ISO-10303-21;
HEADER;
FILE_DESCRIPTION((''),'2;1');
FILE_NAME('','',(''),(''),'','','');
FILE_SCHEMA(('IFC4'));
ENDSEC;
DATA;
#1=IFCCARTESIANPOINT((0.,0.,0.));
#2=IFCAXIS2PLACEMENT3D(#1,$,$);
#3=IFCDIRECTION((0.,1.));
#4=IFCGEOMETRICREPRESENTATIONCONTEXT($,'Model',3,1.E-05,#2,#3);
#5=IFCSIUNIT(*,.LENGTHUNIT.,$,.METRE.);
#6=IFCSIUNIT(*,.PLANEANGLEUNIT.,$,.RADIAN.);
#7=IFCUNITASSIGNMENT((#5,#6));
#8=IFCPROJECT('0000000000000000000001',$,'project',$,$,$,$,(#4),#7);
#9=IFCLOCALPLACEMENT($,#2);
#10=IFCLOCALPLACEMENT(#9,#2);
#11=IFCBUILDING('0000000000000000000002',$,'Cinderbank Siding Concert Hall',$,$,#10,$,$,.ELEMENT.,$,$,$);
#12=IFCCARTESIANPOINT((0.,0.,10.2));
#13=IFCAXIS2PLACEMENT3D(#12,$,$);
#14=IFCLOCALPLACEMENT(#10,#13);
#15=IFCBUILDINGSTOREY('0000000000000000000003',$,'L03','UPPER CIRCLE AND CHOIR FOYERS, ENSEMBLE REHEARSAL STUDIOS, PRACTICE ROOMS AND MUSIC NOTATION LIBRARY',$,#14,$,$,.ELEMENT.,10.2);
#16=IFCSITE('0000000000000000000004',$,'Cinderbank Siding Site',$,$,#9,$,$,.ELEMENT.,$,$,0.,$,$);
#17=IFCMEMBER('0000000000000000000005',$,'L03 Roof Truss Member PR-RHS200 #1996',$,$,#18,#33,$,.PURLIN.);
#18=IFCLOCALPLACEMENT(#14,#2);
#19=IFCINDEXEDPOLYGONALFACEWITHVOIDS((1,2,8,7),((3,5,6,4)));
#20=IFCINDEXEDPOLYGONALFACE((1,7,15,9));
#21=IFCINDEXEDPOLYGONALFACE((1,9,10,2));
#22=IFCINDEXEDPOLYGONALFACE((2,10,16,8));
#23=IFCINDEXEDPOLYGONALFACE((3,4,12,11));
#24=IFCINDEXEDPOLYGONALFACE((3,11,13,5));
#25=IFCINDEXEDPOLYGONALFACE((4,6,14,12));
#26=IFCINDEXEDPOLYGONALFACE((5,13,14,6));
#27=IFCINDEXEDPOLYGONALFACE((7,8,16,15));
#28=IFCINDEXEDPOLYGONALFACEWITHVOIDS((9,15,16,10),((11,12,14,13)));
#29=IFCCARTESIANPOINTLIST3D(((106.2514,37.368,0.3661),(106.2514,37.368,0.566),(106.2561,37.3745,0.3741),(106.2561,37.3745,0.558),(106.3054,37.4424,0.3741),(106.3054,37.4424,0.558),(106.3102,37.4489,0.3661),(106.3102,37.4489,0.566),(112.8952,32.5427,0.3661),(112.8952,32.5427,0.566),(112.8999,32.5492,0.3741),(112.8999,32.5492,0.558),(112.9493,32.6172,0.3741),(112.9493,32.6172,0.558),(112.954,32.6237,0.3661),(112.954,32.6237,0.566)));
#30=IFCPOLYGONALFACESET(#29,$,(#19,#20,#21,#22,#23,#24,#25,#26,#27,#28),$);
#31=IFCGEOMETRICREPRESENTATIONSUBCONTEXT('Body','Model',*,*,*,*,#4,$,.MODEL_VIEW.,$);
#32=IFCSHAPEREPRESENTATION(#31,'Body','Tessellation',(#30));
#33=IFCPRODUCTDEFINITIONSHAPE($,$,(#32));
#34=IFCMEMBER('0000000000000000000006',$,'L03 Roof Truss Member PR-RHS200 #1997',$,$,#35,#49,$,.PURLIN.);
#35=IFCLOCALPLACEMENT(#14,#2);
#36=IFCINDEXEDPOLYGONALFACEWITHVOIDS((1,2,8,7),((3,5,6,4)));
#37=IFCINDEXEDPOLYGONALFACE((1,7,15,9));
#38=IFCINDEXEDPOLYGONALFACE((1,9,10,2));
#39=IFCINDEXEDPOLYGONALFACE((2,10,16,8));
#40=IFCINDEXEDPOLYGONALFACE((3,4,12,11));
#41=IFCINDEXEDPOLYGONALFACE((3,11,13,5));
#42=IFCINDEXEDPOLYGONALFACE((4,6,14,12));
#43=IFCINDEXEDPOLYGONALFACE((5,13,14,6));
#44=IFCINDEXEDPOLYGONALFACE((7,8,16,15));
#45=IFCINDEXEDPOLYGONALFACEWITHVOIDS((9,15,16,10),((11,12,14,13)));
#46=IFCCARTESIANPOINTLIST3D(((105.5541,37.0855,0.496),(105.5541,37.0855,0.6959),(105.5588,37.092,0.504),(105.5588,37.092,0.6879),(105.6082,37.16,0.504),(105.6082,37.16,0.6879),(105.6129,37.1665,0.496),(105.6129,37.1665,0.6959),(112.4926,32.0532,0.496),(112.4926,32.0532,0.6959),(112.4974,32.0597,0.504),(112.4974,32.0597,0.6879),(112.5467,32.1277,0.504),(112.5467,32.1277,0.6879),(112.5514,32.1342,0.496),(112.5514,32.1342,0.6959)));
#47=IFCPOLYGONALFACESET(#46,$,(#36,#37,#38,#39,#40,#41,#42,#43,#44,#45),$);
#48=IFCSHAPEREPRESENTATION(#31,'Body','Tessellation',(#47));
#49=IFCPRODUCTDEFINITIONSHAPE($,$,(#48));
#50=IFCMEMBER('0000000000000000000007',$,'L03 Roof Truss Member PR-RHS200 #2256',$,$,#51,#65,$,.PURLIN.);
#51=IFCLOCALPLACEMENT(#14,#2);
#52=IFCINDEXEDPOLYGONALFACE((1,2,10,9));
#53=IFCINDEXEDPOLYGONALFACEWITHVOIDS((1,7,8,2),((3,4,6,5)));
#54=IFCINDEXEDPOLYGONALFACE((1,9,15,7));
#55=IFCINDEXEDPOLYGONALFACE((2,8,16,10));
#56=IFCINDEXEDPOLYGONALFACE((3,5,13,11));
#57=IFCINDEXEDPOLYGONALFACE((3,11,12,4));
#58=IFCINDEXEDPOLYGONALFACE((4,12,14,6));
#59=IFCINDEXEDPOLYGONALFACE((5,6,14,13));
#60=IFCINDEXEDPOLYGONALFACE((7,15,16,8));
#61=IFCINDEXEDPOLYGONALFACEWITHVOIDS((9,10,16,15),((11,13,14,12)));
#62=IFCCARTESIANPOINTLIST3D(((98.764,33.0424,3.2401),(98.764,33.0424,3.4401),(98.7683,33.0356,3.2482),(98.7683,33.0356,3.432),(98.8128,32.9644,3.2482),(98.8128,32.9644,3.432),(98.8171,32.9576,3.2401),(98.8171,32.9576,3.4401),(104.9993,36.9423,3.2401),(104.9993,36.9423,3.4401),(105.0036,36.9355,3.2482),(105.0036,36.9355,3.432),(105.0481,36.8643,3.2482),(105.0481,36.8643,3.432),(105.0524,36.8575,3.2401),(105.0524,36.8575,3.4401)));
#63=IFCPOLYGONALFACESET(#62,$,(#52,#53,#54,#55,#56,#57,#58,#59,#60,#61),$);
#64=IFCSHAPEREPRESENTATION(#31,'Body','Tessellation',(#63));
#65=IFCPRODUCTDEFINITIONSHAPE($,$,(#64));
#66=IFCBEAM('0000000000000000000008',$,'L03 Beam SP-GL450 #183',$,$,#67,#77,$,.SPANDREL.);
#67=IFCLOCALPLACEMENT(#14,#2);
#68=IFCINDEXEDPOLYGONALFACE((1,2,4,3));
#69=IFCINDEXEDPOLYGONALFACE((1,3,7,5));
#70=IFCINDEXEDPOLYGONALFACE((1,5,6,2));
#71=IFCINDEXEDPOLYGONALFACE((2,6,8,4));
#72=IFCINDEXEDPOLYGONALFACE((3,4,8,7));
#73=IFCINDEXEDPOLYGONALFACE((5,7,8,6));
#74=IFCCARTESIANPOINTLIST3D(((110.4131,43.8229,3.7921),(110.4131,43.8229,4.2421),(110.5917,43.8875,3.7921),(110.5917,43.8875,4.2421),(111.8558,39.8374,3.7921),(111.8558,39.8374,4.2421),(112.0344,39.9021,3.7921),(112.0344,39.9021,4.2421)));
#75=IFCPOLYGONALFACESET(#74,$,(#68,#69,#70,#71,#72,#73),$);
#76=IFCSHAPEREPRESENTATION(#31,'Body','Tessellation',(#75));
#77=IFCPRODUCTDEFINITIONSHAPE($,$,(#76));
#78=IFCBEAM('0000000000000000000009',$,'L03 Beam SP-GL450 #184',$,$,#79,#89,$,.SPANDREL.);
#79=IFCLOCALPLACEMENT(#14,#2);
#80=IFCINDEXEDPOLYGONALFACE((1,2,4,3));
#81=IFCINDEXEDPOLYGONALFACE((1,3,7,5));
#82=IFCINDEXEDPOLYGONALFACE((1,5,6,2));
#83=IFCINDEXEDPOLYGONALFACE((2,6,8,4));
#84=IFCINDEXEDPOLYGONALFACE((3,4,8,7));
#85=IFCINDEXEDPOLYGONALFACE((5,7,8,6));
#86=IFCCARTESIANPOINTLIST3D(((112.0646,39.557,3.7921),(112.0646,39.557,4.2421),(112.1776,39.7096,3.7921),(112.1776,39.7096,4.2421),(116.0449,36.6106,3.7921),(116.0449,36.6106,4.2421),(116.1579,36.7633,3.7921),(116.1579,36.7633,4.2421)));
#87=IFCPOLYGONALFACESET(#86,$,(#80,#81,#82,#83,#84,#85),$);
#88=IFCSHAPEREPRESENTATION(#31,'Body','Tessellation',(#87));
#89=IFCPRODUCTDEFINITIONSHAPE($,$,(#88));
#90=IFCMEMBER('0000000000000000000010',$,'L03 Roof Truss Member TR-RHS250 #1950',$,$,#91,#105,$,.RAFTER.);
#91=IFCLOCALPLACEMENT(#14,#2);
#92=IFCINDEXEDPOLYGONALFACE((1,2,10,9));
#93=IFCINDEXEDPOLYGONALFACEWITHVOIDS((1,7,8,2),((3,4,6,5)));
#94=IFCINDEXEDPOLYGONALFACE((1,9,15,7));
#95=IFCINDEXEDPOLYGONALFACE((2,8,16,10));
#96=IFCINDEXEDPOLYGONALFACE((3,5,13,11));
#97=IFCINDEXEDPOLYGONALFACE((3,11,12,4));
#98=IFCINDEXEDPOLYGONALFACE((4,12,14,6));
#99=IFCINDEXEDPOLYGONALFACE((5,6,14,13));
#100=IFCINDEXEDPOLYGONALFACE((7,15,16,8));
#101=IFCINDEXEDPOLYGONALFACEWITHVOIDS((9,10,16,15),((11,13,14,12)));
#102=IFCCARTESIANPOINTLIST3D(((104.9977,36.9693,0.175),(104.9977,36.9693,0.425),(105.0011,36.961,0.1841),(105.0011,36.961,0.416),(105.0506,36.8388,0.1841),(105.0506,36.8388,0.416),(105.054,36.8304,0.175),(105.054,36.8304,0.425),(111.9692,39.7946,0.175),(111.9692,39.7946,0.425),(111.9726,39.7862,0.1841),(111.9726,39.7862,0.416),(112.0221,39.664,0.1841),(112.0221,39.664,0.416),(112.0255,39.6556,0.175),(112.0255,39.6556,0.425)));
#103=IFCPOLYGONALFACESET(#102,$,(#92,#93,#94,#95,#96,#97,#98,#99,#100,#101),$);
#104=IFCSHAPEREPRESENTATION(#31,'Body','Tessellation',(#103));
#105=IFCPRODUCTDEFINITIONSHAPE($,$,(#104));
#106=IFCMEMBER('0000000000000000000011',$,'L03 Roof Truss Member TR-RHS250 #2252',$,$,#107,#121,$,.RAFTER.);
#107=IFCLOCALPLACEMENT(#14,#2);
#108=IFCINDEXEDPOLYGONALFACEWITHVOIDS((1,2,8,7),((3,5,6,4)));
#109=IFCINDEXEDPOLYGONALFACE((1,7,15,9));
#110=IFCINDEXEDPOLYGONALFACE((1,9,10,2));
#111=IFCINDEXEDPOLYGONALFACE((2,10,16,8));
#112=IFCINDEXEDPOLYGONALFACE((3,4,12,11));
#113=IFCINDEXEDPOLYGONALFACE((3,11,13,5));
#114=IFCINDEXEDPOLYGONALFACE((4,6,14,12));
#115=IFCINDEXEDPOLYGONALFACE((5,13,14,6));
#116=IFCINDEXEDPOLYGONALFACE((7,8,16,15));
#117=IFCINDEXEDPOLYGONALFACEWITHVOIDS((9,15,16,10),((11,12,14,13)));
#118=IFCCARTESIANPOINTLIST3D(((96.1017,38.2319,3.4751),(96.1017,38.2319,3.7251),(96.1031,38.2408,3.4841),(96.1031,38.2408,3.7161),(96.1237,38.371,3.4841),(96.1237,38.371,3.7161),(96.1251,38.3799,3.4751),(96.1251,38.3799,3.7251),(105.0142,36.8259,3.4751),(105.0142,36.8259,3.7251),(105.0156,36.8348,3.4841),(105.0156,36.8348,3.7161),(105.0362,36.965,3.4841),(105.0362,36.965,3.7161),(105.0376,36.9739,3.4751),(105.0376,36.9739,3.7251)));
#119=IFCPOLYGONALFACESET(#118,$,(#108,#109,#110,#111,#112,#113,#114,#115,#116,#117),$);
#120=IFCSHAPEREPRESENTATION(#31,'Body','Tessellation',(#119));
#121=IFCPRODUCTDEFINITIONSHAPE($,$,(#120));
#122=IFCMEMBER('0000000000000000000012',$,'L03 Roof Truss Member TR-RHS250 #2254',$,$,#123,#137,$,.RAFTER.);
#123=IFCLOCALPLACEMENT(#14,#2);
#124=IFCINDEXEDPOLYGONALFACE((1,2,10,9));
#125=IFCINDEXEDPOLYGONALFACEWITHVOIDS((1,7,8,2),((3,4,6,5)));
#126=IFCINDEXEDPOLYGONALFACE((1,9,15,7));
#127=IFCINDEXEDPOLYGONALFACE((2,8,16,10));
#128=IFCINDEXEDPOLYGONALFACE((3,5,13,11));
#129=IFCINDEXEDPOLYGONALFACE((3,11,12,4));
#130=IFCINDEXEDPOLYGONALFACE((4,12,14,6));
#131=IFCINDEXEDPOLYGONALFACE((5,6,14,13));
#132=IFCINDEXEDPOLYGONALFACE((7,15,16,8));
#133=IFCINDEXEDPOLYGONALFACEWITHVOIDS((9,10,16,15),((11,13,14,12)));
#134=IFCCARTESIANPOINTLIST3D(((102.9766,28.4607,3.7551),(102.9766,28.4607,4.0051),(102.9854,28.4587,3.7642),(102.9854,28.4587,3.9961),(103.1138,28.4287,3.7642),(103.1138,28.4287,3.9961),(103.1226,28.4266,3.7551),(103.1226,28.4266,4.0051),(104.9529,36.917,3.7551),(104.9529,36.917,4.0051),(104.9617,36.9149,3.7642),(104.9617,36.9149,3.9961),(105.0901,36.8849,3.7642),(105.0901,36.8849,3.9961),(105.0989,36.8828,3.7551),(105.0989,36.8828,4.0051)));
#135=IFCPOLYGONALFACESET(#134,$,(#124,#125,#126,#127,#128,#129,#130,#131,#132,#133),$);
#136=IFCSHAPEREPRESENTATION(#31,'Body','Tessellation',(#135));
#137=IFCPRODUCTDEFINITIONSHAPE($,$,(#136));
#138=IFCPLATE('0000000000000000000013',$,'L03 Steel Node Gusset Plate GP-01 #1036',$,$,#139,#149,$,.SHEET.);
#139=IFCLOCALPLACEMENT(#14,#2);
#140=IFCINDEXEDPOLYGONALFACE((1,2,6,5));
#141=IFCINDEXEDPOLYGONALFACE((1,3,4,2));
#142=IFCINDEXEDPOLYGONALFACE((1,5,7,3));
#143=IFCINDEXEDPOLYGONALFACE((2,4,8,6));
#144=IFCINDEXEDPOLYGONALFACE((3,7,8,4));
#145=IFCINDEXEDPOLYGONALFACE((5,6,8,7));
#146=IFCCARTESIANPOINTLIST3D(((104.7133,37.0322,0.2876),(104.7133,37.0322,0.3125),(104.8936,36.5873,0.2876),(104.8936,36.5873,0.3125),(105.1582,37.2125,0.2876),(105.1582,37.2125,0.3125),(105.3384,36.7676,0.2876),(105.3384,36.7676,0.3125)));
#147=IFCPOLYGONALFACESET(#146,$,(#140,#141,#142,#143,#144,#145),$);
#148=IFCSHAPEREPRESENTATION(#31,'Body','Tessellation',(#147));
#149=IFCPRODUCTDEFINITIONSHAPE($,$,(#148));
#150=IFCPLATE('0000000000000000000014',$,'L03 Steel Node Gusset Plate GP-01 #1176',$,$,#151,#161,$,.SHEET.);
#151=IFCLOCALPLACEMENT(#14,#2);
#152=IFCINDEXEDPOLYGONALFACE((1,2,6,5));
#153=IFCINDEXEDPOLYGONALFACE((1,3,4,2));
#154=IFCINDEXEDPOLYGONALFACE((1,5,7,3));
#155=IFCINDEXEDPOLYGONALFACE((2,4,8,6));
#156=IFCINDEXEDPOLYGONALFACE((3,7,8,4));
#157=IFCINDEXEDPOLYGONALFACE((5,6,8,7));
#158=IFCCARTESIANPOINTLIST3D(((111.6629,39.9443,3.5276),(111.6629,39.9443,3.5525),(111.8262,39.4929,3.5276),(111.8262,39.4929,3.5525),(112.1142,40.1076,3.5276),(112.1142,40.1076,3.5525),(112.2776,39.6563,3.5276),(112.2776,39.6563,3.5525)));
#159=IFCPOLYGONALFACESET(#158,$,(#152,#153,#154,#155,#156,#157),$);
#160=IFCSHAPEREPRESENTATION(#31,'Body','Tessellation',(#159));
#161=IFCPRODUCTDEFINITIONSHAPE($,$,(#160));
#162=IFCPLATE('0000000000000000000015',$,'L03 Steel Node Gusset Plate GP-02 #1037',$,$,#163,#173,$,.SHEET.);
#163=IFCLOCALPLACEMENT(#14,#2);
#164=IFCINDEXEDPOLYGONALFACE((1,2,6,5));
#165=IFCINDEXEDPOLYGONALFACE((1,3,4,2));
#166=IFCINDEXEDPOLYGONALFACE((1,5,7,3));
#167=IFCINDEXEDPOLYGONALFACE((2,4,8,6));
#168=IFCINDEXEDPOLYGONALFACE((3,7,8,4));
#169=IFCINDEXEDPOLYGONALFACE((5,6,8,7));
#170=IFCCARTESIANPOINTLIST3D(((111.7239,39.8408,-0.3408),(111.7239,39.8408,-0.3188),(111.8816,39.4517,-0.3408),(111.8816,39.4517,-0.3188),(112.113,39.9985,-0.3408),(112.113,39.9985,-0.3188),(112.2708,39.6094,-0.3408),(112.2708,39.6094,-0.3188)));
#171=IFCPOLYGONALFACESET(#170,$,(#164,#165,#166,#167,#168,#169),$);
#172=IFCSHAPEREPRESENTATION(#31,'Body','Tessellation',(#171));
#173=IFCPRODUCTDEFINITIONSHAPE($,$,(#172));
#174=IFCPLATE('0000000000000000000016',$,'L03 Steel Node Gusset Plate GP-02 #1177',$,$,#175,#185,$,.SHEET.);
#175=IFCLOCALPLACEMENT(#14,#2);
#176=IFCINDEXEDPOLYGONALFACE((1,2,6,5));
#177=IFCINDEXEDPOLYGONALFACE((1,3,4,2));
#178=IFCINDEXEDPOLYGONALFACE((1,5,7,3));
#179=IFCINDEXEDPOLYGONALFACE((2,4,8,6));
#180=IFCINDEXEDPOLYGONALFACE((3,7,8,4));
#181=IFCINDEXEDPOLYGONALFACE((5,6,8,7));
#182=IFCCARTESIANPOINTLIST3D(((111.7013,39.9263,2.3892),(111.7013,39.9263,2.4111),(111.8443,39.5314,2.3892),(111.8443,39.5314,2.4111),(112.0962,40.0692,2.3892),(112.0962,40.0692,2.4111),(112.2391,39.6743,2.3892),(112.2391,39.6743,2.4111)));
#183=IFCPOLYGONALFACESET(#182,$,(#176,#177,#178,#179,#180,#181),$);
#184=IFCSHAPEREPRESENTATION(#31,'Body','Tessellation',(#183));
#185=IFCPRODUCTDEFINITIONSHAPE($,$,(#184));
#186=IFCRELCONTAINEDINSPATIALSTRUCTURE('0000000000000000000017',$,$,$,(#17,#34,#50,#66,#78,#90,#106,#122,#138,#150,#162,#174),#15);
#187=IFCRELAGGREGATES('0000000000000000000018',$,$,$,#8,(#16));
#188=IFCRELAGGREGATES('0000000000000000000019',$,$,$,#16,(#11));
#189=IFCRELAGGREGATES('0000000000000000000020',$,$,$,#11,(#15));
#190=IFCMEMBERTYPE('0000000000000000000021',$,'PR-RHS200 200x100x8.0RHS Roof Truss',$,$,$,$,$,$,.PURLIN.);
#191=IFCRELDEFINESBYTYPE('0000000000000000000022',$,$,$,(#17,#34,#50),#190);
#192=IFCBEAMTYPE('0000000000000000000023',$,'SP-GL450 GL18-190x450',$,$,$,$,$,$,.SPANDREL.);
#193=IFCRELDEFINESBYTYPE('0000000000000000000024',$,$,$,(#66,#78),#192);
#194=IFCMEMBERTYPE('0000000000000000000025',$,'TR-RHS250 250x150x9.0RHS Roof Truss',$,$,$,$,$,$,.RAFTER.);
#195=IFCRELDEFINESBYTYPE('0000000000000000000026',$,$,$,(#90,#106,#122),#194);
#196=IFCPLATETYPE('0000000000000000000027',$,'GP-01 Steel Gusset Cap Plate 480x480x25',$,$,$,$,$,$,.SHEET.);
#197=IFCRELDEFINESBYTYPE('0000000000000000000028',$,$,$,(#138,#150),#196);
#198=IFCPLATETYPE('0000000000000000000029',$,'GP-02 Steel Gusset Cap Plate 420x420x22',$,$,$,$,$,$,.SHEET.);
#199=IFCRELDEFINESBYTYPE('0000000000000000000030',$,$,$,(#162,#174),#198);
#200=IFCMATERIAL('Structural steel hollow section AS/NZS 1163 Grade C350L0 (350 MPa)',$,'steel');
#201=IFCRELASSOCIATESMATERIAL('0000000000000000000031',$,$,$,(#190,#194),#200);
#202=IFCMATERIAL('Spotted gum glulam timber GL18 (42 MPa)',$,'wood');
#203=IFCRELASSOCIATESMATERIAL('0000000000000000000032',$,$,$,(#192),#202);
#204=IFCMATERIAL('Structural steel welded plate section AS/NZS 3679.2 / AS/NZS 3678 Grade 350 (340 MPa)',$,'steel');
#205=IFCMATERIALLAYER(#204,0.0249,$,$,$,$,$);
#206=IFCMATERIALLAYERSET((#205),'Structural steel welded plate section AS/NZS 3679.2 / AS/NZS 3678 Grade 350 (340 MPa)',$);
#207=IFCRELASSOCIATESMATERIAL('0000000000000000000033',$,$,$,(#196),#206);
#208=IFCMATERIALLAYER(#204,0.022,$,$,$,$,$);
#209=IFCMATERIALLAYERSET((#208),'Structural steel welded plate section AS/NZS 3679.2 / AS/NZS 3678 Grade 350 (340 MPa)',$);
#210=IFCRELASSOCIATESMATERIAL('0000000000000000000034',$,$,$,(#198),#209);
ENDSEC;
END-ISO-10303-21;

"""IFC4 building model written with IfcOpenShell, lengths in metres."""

from ifc_helpers import new_model, si_unit, direction, frame, origin, origin_2d, place, context, subcontext, project, spatial, rectangle, hollow_rectangle, extrude, material, layer, layer_set, material_profile, profile_set, type_object, element, save


model = new_model("IFC4")

# Units and contexts
model_context = context("Model", 3, precision=1e-05, world=origin(), true_north=direction((0.0, 1.0)))
body_context = subcontext(model_context, "Body", "Model", "MODEL_VIEW")
ifc_project = project(units=[si_unit("LENGTHUNIT", "METRE"), si_unit("PLANEANGLEUNIT", "RADIAN")], contexts=[model_context])

# Site, building, storey
site_placement = place(None, origin())
site = spatial("IfcSite", under=ifc_project, at=site_placement, Name="Cinderbank Siding Site", CompositionType="ELEMENT", RefElevation=0.0)
building_placement = place(site_placement, origin())
building = spatial("IfcBuilding", under=site, at=building_placement, Name="Cinderbank Siding Concert Hall", CompositionType="ELEMENT")
storey_placement = place(building_placement, frame((0.0, 0.0, 10.2)))
storey = spatial("IfcBuildingStorey", under=building, at=storey_placement, Name="L03", Description="UPPER CIRCLE AND CHOIR FOYERS, ENSEMBLE REHEARSAL STUDIOS, PRACTICE ROOMS AND MUSIC NOTATION LIBRARY", CompositionType="ELEMENT", Elevation=10.2)

# Shared definitions
ifc_material_1 = material(Name="Structural steel hollow section AS/NZS 1163 Grade C350L0 (350 MPa)", Category="steel")

# Members
ifc_material_profile_1 = material_profile(ifc_material_1, hollow_rectangle(XDim=0.1001, YDim=0.2, WallThickness=0.0081, at=origin_2d()), Name="200x100x8.0RHS", Category="LoadBearing")
ifc_profile_set_1 = profile_set([ifc_material_profile_1], Name="Structural steel hollow section AS/NZS 1163 Grade C350L0 (350 MPa)")
member_type_1 = type_object("IfcMemberType", Name="PR-RHS200 200x100x8.0RHS Roof Truss", PredefinedType="PURLIN", material=ifc_profile_set_1)
member_1_placement = place(storey_placement, frame((106.2808, 37.4084, 0.4661), z_axis=(0.809122, -0.587641, 0.0), x_axis=(0.587641, 0.809122, 0.0)))
element("IfcMember", 1, at=member_1_placement, inside=storey, type_object=member_type_1, Name="L03 Roof Truss Member PR-RHS200 #1996", PredefinedType="PURLIN", context=body_context, shape_type="SweptSolid", body=[
    extrude(hollow_rectangle(XDim=0.1001, YDim=0.2, WallThickness=0.0081, at=origin_2d()), origin(), (0.0, 0.0, 1.0), 8.2112),
])
member_2_placement = place(storey_placement, frame((105.5835, 37.126, 0.5959), z_axis=(0.809509, -0.587108, 0.0), x_axis=(0.587108, 0.809509, 0.0)))
element("IfcMember", 2, at=member_2_placement, inside=storey, type_object=member_type_1, Name="L03 Roof Truss Member PR-RHS200 #1997", PredefinedType="PURLIN", context=body_context, shape_type="SweptSolid", body=[
    extrude(hollow_rectangle(XDim=0.1001, YDim=0.2, WallThickness=0.0081, at=origin_2d()), origin(), (0.0, 0.0, 1.0), 8.5713),
])
member_3_placement = place(storey_placement, frame((105.0259, 36.8999, 3.3401), z_axis=(-0.847827, -0.530273, 0.0), x_axis=(0.530273, -0.847827, 0.0)))
element("IfcMember", 3, at=member_3_placement, inside=storey, type_object=member_type_1, Name="L03 Roof Truss Member PR-RHS200 #2256", PredefinedType="PURLIN", context=body_context, shape_type="SweptSolid", body=[
    extrude(hollow_rectangle(XDim=0.1001, YDim=0.2, WallThickness=0.0081, at=origin_2d()), origin(), (0.0, 0.0, 1.0), 7.3545),
])

# Beams
ifc_material_2 = material(Name="Spotted gum glulam timber GL18 (42 MPa)", Category="wood")
ifc_material_profile_2 = material_profile(ifc_material_2, rectangle(XDim=0.1899, YDim=0.45, at=origin_2d()), Name="GL18-190x450", Category="LoadBearing")
ifc_profile_set_2 = profile_set([ifc_material_profile_2], Name="Spotted gum glulam timber GL18 (42 MPa)")
beam_type_1 = type_object("IfcBeamType", Name="SP-GL450 GL18-190x450", PredefinedType="SPANDREL", material=ifc_profile_set_2)
beam_1_placement = place(storey_placement, frame((110.5024, 43.8552, 4.0171), z_axis=(0.340369, -0.940292, 0.0), x_axis=(0.940292, 0.340369, 0.0)))
element("IfcBeam", 4, at=beam_1_placement, inside=storey, type_object=beam_type_1, Name="L03 Beam SP-GL450 #183", PredefinedType="SPANDREL", context=body_context, shape_type="SweptSolid", body=[
    extrude(rectangle(XDim=0.1899, YDim=0.45, at=origin_2d()), origin(), (0.0, 0.0, 1.0), 4.2385),
])
beam_2_placement = place(storey_placement, frame((112.1211, 39.6333, 4.0171), z_axis=(0.803753, -0.594963, 0.0), x_axis=(0.594963, 0.803753, 0.0)))
element("IfcBeam", 5, at=beam_2_placement, inside=storey, type_object=beam_type_1, Name="L03 Beam SP-GL450 #184", PredefinedType="SPANDREL", context=body_context, shape_type="SweptSolid", body=[
    extrude(rectangle(XDim=0.1899, YDim=0.45, at=origin_2d()), origin(), (0.0, 0.0, 1.0), 4.9521),
])

# Members
ifc_material_profile_3 = material_profile(ifc_material_1, hollow_rectangle(XDim=0.1499, YDim=0.25, WallThickness=0.009, at=origin_2d()), Name="250x150x9.0RHS", Category="LoadBearing")
ifc_profile_set_3 = profile_set([ifc_material_profile_3], Name="Structural steel hollow section AS/NZS 1163 Grade C350L0 (350 MPa)")
member_type_2 = type_object("IfcMemberType", Name="TR-RHS250 250x150x9.0RHS Roof Truss", PredefinedType="RAFTER", material=ifc_profile_set_3)
member_4_placement = place(storey_placement, frame((111.9973, 39.7251, 0.3), z_axis=(-0.926788, -0.375584, 0.0), x_axis=(0.375584, -0.926788, 0.0)))
element("IfcMember", 6, at=member_4_placement, inside=storey, type_object=member_type_2, Name="L03 Roof Truss Member TR-RHS250 #1950", PredefinedType="RAFTER", context=body_context, shape_type="SweptSolid", body=[
    extrude(hollow_rectangle(XDim=0.1499, YDim=0.25, WallThickness=0.009, at=origin_2d()), origin(), (0.0, 0.0, 1.0), 7.5222),
])
member_5_placement = place(storey_placement, frame((105.0259, 36.8999, 3.6001), z_axis=(-0.987784, 0.155828, 0.0), x_axis=(-0.155828, -0.987784, 0.0)))
element("IfcMember", 7, at=member_5_placement, inside=storey, type_object=member_type_2, Name="L03 Roof Truss Member TR-RHS250 #2252", PredefinedType="RAFTER", context=body_context, shape_type="SweptSolid", body=[
    extrude(hollow_rectangle(XDim=0.1499, YDim=0.25, WallThickness=0.009, at=origin_2d()), origin(), (0.0, 0.0, 1.0), 9.0227),
])
member_6_placement = place(storey_placement, frame((105.0259, 36.8999, 3.8801), z_axis=(-0.227577, -0.97376, 0.0), x_axis=(0.97376, -0.227577, 0.0)))
element("IfcMember", 8, at=member_6_placement, inside=storey, type_object=member_type_2, Name="L03 Roof Truss Member TR-RHS250 #2254", PredefinedType="RAFTER", context=body_context, shape_type="SweptSolid", body=[
    extrude(hollow_rectangle(XDim=0.1499, YDim=0.25, WallThickness=0.009, at=origin_2d()), origin(), (0.0, 0.0, 1.0), 8.6841),
])

# Plates
ifc_material_3 = material(Name="Structural steel welded plate section AS/NZS 3679.2 / AS/NZS 3678 Grade 350 (340 MPa)", Category="steel")
ifc_layer_1 = layer(ifc_material_3, 0.0249)
ifc_layer_set_1 = layer_set([ifc_layer_1], Name="Structural steel welded plate section AS/NZS 3679.2 / AS/NZS 3678 Grade 350 (340 MPa)")
plate_type_1 = type_object("IfcPlateType", Name="GP-01 Steel Gusset Cap Plate 480x480x25", PredefinedType="SHEET", material=ifc_layer_set_1)
for number, where, z_axis, x_axis, name in (
    (9, (105.0259, 36.8999, 0.2876), (0.0, 0.0, 1.0), (0.926791, 0.375577, 0.0), "L03 Steel Node Gusset Plate GP-01 #1036"),
    (10, (111.9702, 39.8003, 3.5276), (0.0, 0.0, 1.0), (0.34038, -0.940288, 0.0), "L03 Steel Node Gusset Plate GP-01 #1176"),
):
    element("IfcPlate", number, at=place(storey_placement, frame(where, z_axis=z_axis, x_axis=x_axis)), inside=storey, type_object=plate_type_1, Name=name, PredefinedType="SHEET", context=body_context, shape_type="SweptSolid", body=[
        extrude(rectangle(XDim=0.48, YDim=0.48, at=origin_2d()), origin(), (0.0, 0.0, 1.0), 0.0249),
    ])
ifc_layer_2 = layer(ifc_material_3, 0.022)
ifc_layer_set_2 = layer_set([ifc_layer_2], Name="Structural steel welded plate section AS/NZS 3679.2 / AS/NZS 3678 Grade 350 (340 MPa)")
plate_type_2 = type_object("IfcPlateType", Name="GP-02 Steel Gusset Cap Plate 420x420x22", PredefinedType="SHEET", material=ifc_layer_set_2)
for number, where, z_axis, x_axis, name in (
    (11, (111.9973, 39.7251, -0.3408), (0.0, 0.0, 1.0), (0.926791, 0.375577, 0.0), "L03 Steel Node Gusset Plate GP-02 #1037"),
    (12, (111.9702, 39.8003, 2.3892), (0.0, 0.0, 1.0), (-0.34038, 0.940288, 0.0), "L03 Steel Node Gusset Plate GP-02 #1177"),
):
    element("IfcPlate", number, at=place(storey_placement, frame(where, z_axis=z_axis, x_axis=x_axis)), inside=storey, type_object=plate_type_2, Name=name, PredefinedType="SHEET", context=body_context, shape_type="SweptSolid", body=[
        extrude(rectangle(XDim=0.4199, YDim=0.4199, at=origin_2d()), origin(), (0.0, 0.0, 1.0), 0.022),
    ])

save(model, "model.ifc")
